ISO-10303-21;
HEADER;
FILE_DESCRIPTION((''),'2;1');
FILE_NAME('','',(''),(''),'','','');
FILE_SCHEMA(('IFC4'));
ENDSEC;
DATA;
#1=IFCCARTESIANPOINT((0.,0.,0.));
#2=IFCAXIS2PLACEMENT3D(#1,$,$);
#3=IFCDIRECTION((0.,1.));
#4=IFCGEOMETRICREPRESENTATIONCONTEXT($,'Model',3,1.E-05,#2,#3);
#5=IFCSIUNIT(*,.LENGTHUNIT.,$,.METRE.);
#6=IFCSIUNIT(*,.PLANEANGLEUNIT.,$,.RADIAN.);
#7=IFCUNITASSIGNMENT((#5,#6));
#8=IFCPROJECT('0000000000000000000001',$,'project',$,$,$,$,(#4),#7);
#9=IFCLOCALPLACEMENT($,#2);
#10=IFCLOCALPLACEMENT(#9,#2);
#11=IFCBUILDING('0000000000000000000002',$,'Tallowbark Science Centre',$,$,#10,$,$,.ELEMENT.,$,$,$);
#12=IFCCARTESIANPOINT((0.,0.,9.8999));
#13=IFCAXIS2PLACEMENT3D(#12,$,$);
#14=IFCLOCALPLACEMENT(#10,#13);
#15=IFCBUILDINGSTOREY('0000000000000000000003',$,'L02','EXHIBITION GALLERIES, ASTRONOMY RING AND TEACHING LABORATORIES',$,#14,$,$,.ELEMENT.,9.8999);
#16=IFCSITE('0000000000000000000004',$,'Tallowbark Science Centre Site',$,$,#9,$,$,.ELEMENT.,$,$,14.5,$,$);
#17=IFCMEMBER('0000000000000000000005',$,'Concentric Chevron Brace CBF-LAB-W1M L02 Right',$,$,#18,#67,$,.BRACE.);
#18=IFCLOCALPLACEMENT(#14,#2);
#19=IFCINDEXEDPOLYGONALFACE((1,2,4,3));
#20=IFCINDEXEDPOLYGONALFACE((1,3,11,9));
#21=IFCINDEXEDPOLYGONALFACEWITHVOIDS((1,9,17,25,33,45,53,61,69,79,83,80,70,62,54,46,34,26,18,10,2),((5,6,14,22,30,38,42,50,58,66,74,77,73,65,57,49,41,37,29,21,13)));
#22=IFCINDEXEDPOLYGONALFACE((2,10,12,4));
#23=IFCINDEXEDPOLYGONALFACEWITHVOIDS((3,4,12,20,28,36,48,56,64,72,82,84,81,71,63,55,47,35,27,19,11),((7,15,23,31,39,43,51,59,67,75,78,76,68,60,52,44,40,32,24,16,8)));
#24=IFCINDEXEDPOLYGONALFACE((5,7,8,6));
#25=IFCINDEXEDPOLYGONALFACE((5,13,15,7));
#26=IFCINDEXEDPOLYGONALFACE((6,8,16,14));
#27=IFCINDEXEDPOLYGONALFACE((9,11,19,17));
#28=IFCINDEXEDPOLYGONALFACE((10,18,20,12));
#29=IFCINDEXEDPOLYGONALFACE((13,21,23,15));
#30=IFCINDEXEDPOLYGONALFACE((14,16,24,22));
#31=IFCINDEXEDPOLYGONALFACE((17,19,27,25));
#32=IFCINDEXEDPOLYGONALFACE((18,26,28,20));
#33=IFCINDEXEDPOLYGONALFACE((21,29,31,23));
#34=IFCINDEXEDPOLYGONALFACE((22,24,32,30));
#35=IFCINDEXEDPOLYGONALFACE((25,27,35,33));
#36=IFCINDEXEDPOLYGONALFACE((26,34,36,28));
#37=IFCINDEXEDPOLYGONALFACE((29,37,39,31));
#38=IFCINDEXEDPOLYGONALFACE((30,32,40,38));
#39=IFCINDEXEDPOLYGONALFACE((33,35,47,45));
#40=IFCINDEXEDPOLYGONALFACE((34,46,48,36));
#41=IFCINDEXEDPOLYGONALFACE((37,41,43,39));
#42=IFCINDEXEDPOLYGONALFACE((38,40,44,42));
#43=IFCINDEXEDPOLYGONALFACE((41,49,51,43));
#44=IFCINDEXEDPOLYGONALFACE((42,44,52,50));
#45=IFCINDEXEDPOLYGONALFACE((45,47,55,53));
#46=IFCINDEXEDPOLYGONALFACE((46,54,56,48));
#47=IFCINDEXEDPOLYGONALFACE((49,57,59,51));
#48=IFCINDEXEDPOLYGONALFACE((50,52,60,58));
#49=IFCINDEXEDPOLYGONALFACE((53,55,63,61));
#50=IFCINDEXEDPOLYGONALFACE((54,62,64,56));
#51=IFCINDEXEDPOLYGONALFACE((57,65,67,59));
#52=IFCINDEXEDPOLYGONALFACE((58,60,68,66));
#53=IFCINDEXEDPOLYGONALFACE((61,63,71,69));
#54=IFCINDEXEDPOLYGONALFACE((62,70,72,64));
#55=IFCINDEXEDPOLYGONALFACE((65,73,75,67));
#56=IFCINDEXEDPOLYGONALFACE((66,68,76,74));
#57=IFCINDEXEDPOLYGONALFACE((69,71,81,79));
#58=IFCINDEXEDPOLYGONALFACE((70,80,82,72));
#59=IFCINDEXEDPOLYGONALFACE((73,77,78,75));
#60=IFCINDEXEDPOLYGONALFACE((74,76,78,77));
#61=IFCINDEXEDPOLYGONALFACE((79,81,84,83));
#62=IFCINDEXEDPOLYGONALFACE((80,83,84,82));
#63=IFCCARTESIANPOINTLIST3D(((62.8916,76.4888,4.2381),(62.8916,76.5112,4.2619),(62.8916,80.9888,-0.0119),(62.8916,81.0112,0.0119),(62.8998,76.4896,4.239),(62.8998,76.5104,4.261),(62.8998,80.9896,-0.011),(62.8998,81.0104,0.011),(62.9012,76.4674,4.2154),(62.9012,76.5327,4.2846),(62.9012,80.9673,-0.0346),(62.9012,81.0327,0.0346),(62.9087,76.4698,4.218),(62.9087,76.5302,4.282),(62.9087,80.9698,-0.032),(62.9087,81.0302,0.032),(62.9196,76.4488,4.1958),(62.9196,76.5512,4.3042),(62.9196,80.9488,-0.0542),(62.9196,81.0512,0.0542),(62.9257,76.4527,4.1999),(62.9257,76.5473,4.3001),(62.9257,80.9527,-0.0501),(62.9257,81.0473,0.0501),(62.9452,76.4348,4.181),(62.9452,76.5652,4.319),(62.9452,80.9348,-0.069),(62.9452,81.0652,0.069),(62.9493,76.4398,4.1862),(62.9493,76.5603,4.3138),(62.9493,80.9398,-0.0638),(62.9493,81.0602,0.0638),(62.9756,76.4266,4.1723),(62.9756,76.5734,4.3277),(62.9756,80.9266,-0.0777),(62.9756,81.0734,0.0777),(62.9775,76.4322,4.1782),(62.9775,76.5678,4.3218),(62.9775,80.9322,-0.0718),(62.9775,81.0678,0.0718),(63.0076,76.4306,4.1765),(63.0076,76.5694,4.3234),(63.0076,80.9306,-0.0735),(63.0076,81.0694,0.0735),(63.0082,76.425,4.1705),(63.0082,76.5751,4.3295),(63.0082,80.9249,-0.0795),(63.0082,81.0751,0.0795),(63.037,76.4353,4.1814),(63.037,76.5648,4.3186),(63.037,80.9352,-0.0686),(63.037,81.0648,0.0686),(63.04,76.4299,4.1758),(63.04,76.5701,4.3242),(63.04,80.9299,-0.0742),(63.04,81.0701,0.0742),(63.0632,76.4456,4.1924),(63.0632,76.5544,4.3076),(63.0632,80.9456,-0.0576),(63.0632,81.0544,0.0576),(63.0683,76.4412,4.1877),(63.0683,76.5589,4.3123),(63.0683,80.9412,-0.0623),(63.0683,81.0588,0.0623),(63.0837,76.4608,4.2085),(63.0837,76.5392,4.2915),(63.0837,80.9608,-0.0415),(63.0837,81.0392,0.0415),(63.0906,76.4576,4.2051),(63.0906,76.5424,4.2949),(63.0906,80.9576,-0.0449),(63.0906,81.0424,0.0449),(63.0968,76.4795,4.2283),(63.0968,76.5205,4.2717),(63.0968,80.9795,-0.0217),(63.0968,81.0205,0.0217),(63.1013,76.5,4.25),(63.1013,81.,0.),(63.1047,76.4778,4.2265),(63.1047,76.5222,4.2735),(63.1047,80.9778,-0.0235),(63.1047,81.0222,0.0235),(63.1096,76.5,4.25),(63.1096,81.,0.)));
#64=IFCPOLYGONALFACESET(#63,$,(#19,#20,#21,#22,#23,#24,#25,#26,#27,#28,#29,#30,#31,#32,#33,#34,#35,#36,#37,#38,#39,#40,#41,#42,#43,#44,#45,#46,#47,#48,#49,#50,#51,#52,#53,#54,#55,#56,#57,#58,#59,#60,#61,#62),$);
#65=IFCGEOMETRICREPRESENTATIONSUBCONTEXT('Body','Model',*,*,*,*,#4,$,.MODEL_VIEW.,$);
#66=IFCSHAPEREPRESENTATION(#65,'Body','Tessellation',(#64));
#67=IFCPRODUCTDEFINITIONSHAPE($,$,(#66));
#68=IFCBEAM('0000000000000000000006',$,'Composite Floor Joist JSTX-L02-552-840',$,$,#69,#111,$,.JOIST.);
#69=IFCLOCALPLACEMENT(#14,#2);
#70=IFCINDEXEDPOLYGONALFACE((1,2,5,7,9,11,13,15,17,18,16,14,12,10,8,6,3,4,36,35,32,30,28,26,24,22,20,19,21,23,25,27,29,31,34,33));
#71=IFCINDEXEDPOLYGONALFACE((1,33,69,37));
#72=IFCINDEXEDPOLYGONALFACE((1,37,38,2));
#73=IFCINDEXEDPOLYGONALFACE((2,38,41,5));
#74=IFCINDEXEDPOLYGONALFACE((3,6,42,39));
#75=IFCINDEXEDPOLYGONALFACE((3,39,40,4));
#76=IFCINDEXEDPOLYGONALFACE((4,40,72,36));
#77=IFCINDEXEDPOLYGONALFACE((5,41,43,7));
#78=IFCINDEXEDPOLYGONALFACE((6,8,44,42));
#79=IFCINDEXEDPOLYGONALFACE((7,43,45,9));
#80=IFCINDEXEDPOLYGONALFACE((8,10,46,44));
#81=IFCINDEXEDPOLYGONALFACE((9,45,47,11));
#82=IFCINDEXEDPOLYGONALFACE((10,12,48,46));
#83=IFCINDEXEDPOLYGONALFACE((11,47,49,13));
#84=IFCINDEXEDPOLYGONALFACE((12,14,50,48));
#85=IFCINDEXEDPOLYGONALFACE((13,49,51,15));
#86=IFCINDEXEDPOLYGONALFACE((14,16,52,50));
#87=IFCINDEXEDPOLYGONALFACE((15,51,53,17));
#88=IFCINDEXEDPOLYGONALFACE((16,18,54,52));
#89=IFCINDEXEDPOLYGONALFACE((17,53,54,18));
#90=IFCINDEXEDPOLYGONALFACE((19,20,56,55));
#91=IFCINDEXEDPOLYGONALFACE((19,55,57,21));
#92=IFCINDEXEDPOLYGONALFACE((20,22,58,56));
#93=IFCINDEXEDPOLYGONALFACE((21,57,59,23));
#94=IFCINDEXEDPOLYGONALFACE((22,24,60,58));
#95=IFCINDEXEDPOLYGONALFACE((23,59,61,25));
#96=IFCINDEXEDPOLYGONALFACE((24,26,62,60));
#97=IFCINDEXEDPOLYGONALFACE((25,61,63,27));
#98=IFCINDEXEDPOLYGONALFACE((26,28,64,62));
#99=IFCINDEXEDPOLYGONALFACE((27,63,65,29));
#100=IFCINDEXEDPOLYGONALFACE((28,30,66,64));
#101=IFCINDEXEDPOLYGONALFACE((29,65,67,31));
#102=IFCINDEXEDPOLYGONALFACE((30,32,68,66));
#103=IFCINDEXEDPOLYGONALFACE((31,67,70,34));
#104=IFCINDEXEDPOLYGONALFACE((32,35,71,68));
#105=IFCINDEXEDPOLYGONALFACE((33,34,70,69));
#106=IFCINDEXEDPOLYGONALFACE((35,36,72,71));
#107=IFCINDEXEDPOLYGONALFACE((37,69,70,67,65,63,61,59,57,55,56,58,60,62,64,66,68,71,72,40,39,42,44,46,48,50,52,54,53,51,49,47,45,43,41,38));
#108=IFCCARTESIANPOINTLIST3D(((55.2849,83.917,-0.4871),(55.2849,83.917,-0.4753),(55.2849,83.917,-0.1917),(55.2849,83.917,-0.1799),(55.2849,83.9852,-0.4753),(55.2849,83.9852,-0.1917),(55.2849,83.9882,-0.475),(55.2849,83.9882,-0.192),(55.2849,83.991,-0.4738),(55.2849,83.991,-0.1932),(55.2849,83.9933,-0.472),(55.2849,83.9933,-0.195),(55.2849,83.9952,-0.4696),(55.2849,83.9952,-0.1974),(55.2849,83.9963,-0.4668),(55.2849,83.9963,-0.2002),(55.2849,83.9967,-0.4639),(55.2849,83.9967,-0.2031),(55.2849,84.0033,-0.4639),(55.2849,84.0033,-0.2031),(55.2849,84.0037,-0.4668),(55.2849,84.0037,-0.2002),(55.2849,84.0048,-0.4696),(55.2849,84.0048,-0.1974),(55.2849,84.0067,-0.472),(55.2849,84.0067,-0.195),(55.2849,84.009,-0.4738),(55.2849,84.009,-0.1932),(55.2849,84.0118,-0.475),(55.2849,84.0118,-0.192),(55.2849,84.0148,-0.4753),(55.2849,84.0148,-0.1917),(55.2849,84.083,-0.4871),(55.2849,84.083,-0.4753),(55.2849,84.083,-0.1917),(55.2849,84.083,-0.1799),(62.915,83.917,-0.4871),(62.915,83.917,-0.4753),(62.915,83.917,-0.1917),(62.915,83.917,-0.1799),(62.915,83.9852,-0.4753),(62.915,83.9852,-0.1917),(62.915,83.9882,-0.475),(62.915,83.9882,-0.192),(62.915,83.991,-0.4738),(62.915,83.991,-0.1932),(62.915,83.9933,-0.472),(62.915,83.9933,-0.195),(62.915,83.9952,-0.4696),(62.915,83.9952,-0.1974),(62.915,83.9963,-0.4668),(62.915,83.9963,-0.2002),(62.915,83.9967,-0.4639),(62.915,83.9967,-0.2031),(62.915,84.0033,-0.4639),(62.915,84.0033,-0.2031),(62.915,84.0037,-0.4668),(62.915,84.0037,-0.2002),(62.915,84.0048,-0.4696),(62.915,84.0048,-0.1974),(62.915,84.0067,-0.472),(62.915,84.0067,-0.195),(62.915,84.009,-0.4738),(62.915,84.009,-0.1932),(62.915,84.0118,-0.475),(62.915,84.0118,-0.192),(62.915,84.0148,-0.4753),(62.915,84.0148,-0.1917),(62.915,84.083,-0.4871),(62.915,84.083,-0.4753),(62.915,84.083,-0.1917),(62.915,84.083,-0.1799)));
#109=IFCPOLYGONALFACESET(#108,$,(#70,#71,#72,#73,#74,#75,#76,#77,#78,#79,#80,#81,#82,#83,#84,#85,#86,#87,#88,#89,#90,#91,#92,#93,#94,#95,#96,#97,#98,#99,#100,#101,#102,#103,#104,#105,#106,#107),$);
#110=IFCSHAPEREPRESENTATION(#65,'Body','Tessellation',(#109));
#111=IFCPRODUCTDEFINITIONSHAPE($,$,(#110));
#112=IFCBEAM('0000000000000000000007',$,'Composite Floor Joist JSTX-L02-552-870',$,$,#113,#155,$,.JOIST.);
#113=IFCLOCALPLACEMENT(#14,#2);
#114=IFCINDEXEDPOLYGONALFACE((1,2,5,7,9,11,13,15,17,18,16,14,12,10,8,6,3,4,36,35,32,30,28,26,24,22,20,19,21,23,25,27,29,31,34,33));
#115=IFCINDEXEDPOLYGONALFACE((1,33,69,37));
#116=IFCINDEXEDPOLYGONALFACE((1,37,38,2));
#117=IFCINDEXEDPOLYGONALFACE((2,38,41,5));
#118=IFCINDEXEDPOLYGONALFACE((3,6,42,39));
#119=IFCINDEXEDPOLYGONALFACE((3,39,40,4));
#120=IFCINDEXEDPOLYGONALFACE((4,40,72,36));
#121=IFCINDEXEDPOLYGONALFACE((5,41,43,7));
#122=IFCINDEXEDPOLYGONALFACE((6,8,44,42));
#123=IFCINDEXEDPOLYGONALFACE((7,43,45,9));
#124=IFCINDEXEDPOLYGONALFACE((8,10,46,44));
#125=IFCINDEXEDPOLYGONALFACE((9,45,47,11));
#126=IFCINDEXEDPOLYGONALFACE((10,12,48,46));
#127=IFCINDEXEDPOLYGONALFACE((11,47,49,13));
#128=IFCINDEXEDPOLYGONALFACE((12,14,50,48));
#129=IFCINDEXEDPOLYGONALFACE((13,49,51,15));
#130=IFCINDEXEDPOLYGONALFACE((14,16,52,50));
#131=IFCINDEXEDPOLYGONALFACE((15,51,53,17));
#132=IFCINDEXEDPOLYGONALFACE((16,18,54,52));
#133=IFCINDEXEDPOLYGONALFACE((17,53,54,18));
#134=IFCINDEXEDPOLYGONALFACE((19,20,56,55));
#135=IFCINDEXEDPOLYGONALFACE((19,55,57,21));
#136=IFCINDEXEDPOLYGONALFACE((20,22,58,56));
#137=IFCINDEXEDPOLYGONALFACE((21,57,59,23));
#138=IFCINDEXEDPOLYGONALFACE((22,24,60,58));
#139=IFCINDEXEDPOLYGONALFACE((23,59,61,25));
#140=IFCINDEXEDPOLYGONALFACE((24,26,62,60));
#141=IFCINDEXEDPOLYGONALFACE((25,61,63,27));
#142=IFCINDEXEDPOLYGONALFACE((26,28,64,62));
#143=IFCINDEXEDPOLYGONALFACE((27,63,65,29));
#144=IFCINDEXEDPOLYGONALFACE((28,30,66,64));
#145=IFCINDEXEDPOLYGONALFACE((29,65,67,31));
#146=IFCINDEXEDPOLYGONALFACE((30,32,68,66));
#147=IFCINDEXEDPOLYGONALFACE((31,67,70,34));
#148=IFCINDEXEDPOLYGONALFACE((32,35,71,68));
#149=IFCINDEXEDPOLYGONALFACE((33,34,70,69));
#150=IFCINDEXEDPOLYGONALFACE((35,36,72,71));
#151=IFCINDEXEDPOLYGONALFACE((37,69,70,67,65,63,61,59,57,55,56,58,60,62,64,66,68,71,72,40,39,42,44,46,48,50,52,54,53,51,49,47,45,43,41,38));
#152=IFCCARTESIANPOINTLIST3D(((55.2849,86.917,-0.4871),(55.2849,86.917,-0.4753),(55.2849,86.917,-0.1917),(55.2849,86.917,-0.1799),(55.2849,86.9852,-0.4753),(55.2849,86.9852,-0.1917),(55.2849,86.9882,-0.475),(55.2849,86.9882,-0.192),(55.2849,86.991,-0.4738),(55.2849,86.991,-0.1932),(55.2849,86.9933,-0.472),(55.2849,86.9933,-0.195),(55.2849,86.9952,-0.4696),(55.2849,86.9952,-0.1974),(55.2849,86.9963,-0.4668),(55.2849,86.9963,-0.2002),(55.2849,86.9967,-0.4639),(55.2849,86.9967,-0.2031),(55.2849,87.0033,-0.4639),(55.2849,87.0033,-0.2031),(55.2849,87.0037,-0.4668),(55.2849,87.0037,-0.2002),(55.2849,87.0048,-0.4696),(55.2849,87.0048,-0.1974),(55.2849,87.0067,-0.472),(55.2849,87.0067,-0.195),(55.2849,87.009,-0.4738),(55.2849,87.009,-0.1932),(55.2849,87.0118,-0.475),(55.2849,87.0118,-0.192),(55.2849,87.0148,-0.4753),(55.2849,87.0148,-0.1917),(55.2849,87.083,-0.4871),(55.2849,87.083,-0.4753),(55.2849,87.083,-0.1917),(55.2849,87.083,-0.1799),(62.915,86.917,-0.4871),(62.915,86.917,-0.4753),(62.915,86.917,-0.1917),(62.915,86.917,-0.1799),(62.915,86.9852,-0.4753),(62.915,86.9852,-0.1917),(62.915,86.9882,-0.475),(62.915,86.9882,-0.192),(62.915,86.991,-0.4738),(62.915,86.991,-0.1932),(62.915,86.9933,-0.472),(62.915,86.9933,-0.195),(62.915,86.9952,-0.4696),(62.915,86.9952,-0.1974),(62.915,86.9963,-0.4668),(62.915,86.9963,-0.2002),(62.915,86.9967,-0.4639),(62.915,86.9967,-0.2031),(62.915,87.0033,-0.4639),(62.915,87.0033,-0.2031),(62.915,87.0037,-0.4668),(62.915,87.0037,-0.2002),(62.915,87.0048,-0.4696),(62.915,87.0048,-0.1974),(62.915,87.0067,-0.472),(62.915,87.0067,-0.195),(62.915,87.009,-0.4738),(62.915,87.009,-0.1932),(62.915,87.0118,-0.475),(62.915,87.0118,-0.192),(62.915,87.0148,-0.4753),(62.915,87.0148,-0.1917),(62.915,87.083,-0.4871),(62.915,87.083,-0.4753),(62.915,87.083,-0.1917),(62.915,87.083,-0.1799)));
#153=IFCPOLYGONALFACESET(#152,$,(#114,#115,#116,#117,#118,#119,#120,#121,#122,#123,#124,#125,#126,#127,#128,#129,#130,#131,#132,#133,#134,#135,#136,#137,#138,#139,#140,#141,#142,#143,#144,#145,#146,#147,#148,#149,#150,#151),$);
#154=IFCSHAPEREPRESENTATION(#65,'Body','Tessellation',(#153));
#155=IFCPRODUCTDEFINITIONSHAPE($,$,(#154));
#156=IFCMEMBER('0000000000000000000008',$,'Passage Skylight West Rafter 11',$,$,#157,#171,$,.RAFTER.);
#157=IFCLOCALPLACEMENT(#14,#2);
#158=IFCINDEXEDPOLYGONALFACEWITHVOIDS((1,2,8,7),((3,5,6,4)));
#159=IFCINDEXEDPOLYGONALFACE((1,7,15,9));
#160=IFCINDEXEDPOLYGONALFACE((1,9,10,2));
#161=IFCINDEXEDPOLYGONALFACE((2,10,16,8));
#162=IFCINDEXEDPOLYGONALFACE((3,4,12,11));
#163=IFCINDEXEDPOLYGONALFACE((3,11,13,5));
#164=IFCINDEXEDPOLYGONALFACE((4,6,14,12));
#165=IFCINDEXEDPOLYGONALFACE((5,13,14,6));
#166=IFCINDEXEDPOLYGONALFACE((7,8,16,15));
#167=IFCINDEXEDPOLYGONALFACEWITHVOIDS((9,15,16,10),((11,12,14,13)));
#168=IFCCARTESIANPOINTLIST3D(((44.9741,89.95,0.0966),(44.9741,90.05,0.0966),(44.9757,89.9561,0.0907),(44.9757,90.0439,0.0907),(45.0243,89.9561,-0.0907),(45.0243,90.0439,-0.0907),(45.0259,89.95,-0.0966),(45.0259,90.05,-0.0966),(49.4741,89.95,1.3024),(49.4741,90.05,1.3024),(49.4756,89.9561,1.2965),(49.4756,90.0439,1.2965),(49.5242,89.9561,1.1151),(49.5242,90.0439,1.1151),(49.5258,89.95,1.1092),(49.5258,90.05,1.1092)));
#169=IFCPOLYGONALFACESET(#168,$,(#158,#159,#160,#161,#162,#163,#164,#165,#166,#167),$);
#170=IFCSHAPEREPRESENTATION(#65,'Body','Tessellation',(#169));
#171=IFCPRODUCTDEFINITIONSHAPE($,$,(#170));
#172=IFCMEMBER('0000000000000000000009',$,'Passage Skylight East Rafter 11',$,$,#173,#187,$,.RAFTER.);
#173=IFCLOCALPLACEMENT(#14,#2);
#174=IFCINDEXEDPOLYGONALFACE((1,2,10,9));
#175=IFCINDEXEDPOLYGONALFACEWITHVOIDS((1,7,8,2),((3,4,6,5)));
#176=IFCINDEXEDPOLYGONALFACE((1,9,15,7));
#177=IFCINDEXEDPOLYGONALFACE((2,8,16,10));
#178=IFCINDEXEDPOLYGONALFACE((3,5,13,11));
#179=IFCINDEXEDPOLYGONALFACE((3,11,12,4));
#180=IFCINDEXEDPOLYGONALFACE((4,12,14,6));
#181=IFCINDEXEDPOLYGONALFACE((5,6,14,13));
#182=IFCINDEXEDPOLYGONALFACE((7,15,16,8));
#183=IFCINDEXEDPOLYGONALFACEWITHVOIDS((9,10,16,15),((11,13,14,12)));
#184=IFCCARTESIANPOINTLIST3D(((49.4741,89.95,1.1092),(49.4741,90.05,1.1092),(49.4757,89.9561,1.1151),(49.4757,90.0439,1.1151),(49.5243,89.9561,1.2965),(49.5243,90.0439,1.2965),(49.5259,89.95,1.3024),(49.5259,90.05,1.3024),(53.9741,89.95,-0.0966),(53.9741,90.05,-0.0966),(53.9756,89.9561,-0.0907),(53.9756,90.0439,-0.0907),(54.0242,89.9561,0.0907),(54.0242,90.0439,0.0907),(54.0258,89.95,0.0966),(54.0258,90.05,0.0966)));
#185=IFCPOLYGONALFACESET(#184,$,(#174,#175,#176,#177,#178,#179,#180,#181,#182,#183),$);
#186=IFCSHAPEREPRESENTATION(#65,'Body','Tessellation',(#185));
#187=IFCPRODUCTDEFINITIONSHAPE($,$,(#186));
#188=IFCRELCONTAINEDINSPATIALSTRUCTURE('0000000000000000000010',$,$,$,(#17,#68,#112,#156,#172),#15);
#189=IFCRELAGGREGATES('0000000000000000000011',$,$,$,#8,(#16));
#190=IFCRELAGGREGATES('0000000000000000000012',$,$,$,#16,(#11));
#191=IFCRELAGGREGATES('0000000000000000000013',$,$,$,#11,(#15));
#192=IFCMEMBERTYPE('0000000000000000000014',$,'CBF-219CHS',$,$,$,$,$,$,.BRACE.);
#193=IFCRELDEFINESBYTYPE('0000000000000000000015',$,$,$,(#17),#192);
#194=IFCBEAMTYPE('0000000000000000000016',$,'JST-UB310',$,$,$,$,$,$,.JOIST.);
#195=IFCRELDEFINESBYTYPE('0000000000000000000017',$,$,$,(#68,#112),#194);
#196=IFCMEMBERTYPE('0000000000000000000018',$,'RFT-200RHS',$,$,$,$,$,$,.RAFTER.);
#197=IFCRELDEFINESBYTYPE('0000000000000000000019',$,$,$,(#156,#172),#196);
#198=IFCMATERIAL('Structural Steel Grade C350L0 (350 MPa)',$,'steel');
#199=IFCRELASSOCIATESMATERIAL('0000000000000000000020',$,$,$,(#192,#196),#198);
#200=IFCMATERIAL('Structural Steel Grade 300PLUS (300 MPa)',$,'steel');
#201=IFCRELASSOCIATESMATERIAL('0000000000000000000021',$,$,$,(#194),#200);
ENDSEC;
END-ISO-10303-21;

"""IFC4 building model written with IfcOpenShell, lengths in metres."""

from ifc_helpers import new_model, si_unit, direction, frame, origin, origin_2d, place, context, subcontext, project, spatial, hollow_rectangle, hollow_circle, i_section, extrude, material, material_profile, profile_set, type_object, element, save


model = new_model("IFC4")

# Units and contexts
model_context = context("Model", 3, precision=1e-05, world=origin(), true_north=direction((0.0, 1.0)))
body_context = subcontext(model_context, "Body", "Model", "MODEL_VIEW")
ifc_project = project(units=[si_unit("LENGTHUNIT", "METRE"), si_unit("PLANEANGLEUNIT", "RADIAN")], contexts=[model_context])

# Site, building, storey
site_placement = place(None, origin())
site = spatial("IfcSite", under=ifc_project, at=site_placement, Name="Tallowbark Science Centre Site", CompositionType="ELEMENT", RefElevation=14.5)
building_placement = place(site_placement, origin())
building = spatial("IfcBuilding", under=site, at=building_placement, Name="Tallowbark Science Centre", CompositionType="ELEMENT")
storey_placement = place(building_placement, frame((0.0, 0.0, 9.8999)))
storey = spatial("IfcBuildingStorey", under=building, at=storey_placement, Name="L02", Description="EXHIBITION GALLERIES, ASTRONOMY RING AND TEACHING LABORATORIES", CompositionType="ELEMENT", Elevation=9.8999)

# Shared definitions
ifc_material_1 = material(Name="Structural Steel Grade 300PLUS (300 MPa)", Category="steel")

# Member
ifc_material_2 = material(Name="Structural Steel Grade C350L0 (350 MPa)", Category="steel")
ifc_material_profile_1 = material_profile(ifc_material_2, hollow_circle(Radius=0.1096, WallThickness=0.0083, at=origin_2d()), Name="219.1x8.2CHS")
ifc_profile_set_1 = profile_set([ifc_material_profile_1], Name="Structural Steel Grade C350L0 (350 MPa)")
member_type_1 = type_object("IfcMemberType", Name="CBF-219CHS", PredefinedType="BRACE", material=ifc_profile_set_1)
member_1_placement = place(storey_placement, frame((63.0, 81.0, 0.0), z_axis=(0.0, -0.727013, 0.686624), x_axis=(1.0, 0.0, 0.0)))
element("IfcMember", 1, at=member_1_placement, inside=storey, type_object=member_type_1, Name="Concentric Chevron Brace CBF-LAB-W1M L02 Right", PredefinedType="BRACE", context=body_context, shape_type="SweptSolid", body=[
    extrude(hollow_circle(Radius=0.1096, WallThickness=0.0083, at=origin_2d()), origin(), (0.0, 0.0, 1.0), 6.1897),
])

# Beams
ifc_material_profile_2 = material_profile(ifc_material_1, i_section(OverallWidth=0.166, OverallDepth=0.3071, WebThickness=0.0066, FlangeThickness=0.0117, FilletRadius=0.0115, at=origin_2d()), Name="310UB46.2")
ifc_profile_set_2 = profile_set([ifc_material_profile_2], Name="Structural Steel Grade 300PLUS (300 MPa)")
beam_type_1 = type_object("IfcBeamType", Name="JST-UB310", PredefinedType="JOIST", material=ifc_profile_set_2)
for number, where, z_axis, x_axis, name in (
    (2, (55.2849, 84.0, -0.3335), (1.0, 0.0, 0.0), (0.0, 1.0, 0.0), "Composite Floor Joist JSTX-L02-552-840"),
    (3, (55.2849, 87.0, -0.3335), (1.0, 0.0, 0.0), (0.0, 1.0, 0.0), "Composite Floor Joist JSTX-L02-552-870"),
):
    element("IfcBeam", number, at=place(storey_placement, frame(where, z_axis=z_axis, x_axis=x_axis)), inside=storey, type_object=beam_type_1, Name=name, PredefinedType="JOIST", context=body_context, shape_type="SweptSolid", body=[
        extrude(i_section(OverallWidth=0.166, OverallDepth=0.3071, WebThickness=0.0066, FlangeThickness=0.0117, FilletRadius=0.0115, at=origin_2d()), origin(), (0.0, 0.0, 1.0), 7.6301),
    ])

# Members
ifc_material_profile_3 = material_profile(ifc_material_2, hollow_rectangle(XDim=0.1001, YDim=0.2, WallThickness=0.0061, at=origin_2d()), Name="200x100x6.0RHS")
ifc_profile_set_3 = profile_set([ifc_material_profile_3], Name="Structural Steel Grade C350L0 (350 MPa)")
member_type_2 = type_object("IfcMemberType", Name="RFT-200RHS", PredefinedType="RAFTER", material=ifc_profile_set_3)
for number, where, z_axis, x_axis, name in (
    (4, (45.0, 90.0, 0.0), (0.965924, 0.0, 0.258827), (0.0, 1.0, 0.0), "Passage Skylight West Rafter 11"),
    (5, (49.5, 90.0, 1.2058), (0.965924, 0.0, -0.258827), (0.0, 1.0, 0.0), "Passage Skylight East Rafter 11"),
):
    element("IfcMember", number, at=place(storey_placement, frame(where, z_axis=z_axis, x_axis=x_axis)), inside=storey, type_object=member_type_2, Name=name, PredefinedType="RAFTER", context=body_context, shape_type="SweptSolid", body=[
        extrude(hollow_rectangle(XDim=0.1001, YDim=0.2, WallThickness=0.0061, at=origin_2d()), origin(), (0.0, 0.0, 1.0), 4.6587),
    ])

save(model, "model.ifc")
